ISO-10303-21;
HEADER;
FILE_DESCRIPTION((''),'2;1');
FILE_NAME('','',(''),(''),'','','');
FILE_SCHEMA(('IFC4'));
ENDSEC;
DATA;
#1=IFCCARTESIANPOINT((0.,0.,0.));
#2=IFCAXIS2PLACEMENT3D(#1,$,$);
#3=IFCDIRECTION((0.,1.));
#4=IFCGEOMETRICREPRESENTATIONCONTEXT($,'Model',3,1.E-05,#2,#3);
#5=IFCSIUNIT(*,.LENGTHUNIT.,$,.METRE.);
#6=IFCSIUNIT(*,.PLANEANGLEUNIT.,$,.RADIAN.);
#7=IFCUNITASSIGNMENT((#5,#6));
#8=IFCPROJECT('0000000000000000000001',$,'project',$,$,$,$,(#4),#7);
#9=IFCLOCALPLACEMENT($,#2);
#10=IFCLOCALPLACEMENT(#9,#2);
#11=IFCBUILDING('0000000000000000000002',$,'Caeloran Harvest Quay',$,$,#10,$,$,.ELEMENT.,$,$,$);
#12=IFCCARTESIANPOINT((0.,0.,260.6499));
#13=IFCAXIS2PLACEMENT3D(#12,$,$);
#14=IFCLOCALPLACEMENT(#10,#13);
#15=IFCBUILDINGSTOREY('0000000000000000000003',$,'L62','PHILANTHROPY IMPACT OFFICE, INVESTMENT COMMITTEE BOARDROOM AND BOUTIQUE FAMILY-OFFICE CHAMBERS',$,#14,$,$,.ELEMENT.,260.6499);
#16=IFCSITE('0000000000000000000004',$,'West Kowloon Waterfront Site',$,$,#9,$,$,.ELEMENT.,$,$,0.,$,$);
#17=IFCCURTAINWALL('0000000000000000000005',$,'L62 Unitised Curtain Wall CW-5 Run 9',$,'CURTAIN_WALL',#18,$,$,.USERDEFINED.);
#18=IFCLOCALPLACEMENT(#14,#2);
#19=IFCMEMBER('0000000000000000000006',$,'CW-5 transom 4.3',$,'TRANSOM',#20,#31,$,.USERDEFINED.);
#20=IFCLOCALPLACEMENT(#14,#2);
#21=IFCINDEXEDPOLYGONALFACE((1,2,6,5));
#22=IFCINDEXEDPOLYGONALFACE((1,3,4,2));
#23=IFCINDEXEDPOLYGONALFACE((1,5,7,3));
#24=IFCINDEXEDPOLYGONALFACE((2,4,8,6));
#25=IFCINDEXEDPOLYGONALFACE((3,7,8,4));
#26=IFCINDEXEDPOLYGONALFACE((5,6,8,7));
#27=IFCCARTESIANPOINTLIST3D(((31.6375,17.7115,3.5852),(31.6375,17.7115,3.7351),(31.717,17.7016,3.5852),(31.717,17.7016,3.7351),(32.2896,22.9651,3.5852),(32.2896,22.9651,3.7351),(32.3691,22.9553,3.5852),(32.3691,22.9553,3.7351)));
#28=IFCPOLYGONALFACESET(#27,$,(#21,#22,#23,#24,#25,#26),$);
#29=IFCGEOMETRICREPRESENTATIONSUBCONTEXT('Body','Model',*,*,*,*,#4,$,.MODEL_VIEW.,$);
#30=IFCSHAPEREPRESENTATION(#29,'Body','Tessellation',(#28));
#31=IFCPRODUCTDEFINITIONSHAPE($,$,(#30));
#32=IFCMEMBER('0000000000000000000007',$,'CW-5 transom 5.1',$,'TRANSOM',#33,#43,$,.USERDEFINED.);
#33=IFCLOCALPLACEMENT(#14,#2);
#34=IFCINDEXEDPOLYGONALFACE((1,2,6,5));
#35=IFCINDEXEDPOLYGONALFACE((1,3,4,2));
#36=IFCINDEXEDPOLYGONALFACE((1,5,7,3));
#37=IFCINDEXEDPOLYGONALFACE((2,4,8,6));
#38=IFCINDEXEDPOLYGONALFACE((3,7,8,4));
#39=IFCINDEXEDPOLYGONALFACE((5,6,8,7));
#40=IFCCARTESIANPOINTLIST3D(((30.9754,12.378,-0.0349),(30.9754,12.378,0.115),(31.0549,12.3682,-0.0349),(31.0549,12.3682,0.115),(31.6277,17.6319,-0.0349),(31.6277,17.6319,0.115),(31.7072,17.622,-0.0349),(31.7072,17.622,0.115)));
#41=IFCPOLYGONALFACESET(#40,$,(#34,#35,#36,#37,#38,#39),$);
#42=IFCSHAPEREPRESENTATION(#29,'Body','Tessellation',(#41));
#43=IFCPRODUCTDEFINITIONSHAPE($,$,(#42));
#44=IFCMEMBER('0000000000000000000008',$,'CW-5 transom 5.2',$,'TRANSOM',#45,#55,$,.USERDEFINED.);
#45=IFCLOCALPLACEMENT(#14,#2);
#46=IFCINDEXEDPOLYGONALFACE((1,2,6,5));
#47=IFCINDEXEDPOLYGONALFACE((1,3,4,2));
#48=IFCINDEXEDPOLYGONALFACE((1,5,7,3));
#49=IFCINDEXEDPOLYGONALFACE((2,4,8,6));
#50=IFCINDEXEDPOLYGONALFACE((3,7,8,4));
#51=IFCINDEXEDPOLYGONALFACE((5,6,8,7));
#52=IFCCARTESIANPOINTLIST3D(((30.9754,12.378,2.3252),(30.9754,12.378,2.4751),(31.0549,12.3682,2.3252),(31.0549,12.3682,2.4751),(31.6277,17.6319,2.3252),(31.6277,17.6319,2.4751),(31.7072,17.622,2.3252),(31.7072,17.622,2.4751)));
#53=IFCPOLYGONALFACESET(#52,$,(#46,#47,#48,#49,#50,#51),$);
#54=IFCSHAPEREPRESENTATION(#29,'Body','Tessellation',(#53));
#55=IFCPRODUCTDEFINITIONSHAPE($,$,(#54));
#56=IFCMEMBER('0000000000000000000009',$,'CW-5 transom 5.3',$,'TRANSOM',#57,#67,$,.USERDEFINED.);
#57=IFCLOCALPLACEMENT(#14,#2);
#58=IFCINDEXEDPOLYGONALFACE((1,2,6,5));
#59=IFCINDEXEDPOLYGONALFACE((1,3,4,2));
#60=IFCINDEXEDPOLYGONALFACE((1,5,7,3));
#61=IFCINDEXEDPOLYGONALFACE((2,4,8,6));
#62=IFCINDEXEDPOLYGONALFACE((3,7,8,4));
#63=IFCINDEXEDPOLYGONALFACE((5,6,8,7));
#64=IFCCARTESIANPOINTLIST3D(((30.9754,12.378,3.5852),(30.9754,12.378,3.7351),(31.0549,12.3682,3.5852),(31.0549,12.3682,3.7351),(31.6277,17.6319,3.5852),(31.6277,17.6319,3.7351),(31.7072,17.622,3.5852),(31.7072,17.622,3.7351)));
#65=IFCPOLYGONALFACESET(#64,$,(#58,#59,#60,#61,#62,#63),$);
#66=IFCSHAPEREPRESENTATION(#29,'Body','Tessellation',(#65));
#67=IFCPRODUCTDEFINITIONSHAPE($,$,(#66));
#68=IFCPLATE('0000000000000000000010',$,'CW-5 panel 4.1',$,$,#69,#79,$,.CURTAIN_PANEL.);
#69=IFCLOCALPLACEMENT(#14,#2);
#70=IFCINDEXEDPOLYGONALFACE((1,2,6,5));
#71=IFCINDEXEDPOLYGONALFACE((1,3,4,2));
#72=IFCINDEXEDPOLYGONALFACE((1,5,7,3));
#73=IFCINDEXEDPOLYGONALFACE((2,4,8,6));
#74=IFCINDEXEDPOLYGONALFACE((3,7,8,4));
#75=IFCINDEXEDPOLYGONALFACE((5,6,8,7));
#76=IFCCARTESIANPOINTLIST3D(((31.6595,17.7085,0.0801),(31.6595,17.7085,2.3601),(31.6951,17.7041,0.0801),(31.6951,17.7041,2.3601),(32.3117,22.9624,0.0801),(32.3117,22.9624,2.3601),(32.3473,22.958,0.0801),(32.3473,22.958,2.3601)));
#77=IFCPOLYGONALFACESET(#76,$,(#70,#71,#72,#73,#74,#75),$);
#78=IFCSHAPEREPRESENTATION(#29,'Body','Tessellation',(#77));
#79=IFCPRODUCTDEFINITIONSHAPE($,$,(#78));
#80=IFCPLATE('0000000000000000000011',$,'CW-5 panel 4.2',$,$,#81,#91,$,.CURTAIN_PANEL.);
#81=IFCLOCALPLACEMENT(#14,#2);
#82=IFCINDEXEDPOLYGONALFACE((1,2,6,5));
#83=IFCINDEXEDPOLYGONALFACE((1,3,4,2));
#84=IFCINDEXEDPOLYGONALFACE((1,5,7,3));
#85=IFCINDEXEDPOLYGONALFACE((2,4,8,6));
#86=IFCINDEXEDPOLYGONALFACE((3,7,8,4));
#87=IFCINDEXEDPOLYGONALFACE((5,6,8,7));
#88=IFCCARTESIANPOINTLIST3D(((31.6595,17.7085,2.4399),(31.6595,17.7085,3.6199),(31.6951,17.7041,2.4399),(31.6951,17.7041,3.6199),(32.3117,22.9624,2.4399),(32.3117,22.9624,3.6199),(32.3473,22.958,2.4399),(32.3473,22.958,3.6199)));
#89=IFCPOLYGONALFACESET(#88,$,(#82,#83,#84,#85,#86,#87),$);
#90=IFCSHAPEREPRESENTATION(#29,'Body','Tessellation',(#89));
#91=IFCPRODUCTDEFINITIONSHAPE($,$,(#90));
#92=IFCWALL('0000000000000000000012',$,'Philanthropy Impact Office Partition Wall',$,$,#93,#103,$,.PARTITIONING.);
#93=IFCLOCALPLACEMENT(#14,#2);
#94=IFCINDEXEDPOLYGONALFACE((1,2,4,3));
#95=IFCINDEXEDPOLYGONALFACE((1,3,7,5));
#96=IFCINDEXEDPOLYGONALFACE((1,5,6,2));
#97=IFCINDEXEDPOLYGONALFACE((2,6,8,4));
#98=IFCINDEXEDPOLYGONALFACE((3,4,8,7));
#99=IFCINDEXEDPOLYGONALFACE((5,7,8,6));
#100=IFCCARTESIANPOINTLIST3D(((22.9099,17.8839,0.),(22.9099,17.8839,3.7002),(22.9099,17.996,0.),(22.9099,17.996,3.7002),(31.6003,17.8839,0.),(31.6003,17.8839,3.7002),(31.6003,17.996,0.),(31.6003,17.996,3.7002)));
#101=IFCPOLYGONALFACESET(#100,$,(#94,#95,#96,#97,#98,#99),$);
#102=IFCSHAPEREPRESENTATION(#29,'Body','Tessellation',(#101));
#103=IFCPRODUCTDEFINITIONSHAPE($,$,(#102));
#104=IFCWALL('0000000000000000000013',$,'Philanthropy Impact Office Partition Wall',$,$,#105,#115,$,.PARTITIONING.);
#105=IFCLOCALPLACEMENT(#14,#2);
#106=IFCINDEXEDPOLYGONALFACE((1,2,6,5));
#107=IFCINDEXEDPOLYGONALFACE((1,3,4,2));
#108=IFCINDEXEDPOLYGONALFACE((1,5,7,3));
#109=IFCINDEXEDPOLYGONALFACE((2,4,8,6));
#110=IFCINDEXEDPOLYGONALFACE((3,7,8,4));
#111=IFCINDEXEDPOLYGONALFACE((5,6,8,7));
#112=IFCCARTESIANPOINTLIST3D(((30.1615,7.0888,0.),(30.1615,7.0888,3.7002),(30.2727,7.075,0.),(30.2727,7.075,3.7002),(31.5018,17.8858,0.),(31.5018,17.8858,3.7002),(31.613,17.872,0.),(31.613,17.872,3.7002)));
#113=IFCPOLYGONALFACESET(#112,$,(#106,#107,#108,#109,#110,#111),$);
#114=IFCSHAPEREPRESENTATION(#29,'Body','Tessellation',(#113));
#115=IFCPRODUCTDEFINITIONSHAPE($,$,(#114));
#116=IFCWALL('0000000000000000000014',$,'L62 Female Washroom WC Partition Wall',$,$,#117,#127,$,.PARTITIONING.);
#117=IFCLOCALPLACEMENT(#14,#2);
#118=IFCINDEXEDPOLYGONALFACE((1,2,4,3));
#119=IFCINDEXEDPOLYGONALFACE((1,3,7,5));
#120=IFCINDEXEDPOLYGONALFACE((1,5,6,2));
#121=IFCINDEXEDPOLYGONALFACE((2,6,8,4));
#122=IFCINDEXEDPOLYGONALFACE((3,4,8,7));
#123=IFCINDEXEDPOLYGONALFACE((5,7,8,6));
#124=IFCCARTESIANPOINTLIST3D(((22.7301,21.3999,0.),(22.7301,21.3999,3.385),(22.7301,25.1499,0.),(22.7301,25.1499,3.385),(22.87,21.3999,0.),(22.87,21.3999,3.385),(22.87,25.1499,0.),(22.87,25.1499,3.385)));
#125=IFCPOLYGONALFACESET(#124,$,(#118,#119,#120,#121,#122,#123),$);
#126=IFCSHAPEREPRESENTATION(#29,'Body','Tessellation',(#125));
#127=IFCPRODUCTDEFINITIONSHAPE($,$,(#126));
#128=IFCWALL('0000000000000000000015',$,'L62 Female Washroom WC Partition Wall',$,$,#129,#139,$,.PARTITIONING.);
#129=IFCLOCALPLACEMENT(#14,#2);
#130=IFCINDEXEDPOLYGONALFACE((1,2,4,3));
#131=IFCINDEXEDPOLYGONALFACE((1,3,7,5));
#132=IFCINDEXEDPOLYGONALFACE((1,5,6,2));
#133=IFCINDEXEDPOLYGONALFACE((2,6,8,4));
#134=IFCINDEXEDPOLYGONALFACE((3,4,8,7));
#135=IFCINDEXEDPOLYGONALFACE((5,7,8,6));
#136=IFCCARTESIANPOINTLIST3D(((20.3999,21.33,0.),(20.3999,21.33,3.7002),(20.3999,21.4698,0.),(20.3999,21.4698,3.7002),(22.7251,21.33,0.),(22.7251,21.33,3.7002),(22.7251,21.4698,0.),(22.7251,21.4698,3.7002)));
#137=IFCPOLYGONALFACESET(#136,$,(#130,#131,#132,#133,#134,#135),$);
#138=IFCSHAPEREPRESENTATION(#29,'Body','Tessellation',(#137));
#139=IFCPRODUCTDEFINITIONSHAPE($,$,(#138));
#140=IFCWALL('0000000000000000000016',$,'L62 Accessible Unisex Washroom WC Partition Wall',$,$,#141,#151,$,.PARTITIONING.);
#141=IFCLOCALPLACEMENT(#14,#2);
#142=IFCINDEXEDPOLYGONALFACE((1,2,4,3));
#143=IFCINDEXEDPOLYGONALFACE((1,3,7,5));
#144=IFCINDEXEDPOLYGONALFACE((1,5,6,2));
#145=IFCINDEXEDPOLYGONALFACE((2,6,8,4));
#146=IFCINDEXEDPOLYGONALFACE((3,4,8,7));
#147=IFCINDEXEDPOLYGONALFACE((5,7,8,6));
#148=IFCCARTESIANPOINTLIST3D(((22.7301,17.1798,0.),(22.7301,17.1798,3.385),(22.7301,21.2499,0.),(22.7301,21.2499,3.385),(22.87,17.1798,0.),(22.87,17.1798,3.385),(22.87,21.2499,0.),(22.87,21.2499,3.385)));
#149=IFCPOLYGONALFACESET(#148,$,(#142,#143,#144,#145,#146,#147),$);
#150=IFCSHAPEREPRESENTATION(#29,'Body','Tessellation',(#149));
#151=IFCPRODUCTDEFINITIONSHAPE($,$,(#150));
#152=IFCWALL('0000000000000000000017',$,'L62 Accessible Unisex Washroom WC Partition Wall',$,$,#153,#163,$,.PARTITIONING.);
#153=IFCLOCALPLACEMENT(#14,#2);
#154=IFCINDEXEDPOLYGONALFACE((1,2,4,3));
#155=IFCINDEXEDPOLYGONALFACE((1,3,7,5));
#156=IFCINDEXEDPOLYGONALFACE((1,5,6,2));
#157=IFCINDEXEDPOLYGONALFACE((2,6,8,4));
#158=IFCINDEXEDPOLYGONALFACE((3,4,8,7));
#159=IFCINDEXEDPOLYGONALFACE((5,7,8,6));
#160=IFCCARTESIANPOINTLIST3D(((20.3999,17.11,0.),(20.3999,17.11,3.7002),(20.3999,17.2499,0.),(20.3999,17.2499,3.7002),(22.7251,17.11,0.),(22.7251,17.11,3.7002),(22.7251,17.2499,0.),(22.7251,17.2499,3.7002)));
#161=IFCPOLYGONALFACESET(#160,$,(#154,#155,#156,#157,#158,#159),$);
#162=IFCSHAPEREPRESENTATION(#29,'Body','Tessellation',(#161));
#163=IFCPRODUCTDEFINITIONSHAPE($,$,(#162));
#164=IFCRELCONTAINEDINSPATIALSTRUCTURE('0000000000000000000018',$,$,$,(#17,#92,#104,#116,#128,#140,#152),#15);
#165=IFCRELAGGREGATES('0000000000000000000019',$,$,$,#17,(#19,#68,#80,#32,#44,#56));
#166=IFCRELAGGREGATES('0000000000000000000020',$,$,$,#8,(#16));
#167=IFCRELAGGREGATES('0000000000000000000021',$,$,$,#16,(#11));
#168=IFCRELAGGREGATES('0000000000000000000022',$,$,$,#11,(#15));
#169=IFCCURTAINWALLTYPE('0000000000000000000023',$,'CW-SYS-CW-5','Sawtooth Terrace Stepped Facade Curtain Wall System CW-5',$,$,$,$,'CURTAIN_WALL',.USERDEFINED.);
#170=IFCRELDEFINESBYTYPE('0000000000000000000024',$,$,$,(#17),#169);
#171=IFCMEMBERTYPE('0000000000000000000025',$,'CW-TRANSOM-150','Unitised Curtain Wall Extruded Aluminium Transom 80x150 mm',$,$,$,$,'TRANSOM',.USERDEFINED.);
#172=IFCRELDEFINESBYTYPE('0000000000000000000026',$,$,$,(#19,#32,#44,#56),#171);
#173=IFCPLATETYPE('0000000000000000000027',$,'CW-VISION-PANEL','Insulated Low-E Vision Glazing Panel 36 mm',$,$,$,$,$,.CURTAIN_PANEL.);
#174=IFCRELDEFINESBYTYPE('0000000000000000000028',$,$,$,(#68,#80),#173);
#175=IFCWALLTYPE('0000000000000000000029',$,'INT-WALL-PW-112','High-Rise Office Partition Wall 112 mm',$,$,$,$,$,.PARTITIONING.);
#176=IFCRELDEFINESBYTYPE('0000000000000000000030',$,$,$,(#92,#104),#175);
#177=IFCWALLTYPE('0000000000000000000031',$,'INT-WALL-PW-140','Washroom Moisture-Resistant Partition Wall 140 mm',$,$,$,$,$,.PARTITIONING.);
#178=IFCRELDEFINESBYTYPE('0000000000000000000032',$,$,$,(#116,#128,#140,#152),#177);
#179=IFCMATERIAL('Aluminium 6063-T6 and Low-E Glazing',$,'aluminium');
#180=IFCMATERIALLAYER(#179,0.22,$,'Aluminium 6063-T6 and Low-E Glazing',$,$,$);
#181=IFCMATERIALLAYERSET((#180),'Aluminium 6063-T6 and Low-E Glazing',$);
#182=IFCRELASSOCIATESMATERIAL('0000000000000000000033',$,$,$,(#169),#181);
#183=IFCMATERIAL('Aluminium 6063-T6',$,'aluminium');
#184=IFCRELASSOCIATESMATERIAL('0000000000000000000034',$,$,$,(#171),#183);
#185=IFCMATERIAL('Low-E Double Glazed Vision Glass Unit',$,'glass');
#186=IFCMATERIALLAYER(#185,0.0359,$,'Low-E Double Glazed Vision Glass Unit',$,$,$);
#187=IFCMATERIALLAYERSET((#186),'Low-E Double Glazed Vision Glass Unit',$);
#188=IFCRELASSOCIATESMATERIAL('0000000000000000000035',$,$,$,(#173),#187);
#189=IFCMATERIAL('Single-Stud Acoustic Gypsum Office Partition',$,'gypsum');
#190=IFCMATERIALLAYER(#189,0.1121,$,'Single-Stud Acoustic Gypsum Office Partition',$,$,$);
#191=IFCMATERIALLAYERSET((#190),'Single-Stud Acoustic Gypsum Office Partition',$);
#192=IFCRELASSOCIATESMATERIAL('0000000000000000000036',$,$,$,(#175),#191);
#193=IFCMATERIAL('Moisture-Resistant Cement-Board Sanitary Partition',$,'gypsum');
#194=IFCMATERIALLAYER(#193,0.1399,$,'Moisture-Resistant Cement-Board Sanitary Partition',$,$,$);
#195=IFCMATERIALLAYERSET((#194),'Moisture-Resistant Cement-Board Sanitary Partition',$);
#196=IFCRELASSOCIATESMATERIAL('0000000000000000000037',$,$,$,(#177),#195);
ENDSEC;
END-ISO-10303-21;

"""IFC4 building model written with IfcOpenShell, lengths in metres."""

from ifc_helpers import new_model, si_unit, direction, frame, frame_2d, origin, origin_2d, place, context, subcontext, project, spatial, rectangle, extrude, material, layer, layer_set, material_profile, profile_set, type_object, element, aggregate, save


model = new_model("IFC4")

# Units and contexts
model_context = context("Model", 3, precision=1e-05, world=origin(), true_north=direction((0.0, 1.0)))
body_context = subcontext(model_context, "Body", "Model", "MODEL_VIEW")
ifc_project = project(units=[si_unit("LENGTHUNIT", "METRE"), si_unit("PLANEANGLEUNIT", "RADIAN")], contexts=[model_context])

# Site, building, storey
site_placement = place(None, origin())
site = spatial("IfcSite", under=ifc_project, at=site_placement, Name="West Kowloon Waterfront Site", CompositionType="ELEMENT", RefElevation=0.0)
building_placement = place(site_placement, origin())
building = spatial("IfcBuilding", under=site, at=building_placement, Name="Caeloran Harvest Quay", CompositionType="ELEMENT")
storey_placement = place(building_placement, frame((0.0, 0.0, 260.6499)))
storey = spatial("IfcBuildingStorey", under=building, at=storey_placement, Name="L62", Description="PHILANTHROPY IMPACT OFFICE, INVESTMENT COMMITTEE BOARDROOM AND BOUTIQUE FAMILY-OFFICE CHAMBERS", CompositionType="ELEMENT", Elevation=260.6499)

# Curtain wall, members, plates
ifc_material_1 = material(Name="Aluminium 6063-T6 and Low-E Glazing", Category="aluminium")
ifc_layer_1 = layer(ifc_material_1, 0.22, Name="Aluminium 6063-T6 and Low-E Glazing")
ifc_layer_set_1 = layer_set([ifc_layer_1], Name="Aluminium 6063-T6 and Low-E Glazing")
curtain_wall_type = type_object("IfcCurtainWallType", Name="CW-SYS-CW-5", Description="Sawtooth Terrace Stepped Facade Curtain Wall System CW-5", ElementType="CURTAIN_WALL", PredefinedType="USERDEFINED", material=ifc_layer_set_1)
curtain_wall_placement = place(storey_placement, origin())
curtain_wall = element("IfcCurtainWall", 1, at=curtain_wall_placement, inside=storey, type_object=curtain_wall_type, Name="L62 Unitised Curtain Wall CW-5 Run 9", ObjectType="CURTAIN_WALL", PredefinedType="USERDEFINED")
ifc_material_2 = material(Name="Aluminium 6063-T6", Category="aluminium")
ifc_material_profile_1 = material_profile(ifc_material_2, rectangle(XDim=0.0801, YDim=0.1499, at=origin_2d()), Name="CW-TRANSOM-150")
ifc_profile_set_1 = profile_set([ifc_material_profile_1], Name="Aluminium 6063-T6")
member_type_1 = type_object("IfcMemberType", Name="CW-TRANSOM-150", Description="Unitised Curtain Wall Extruded Aluminium Transom 80x150 mm", ElementType="TRANSOM", PredefinedType="USERDEFINED", material=ifc_profile_set_1)
member_1_placement = place(storey_placement, frame((32.3293, 22.9602, 3.6602), z_axis=(-0.123178, -0.992385, 0.0), x_axis=(0.992385, -0.123178, 0.0)))
member_1 = element("IfcMember", 2, at=member_1_placement, type_object=member_type_1, Name="CW-5 transom 4.3", ObjectType="TRANSOM", PredefinedType="USERDEFINED", context=body_context, shape_type="SweptSolid", body=[
    extrude(rectangle(XDim=0.0801, YDim=0.1499, at=origin_2d()), origin(), (0.0, 0.0, 1.0), 5.2939),
])
member_2_placement = place(storey_placement, frame((31.6675, 17.627, 0.04), z_axis=(-0.123217, -0.99238, 0.0), x_axis=(0.99238, -0.123217, 0.0)))
member_2 = element("IfcMember", 3, at=member_2_placement, type_object=member_type_1, Name="CW-5 transom 5.1", ObjectType="TRANSOM", PredefinedType="USERDEFINED", context=body_context, shape_type="SweptSolid", body=[
    extrude(rectangle(XDim=0.0801, YDim=0.1499, at=origin_2d()), origin(), (0.0, 0.0, 1.0), 5.2942),
])
member_3_placement = place(storey_placement, frame((31.6675, 17.627, 2.4001), z_axis=(-0.123217, -0.99238, 0.0), x_axis=(0.99238, -0.123217, 0.0)))
member_3 = element("IfcMember", 4, at=member_3_placement, type_object=member_type_1, Name="CW-5 transom 5.2", ObjectType="TRANSOM", PredefinedType="USERDEFINED", context=body_context, shape_type="SweptSolid", body=[
    extrude(rectangle(XDim=0.0801, YDim=0.1499, at=origin_2d()), origin(), (0.0, 0.0, 1.0), 5.2942),
])
member_4_placement = place(storey_placement, frame((31.6675, 17.627, 3.6602), z_axis=(-0.123217, -0.99238, 0.0), x_axis=(0.99238, -0.123217, 0.0)))
member_4 = element("IfcMember", 5, at=member_4_placement, type_object=member_type_1, Name="CW-5 transom 5.3", ObjectType="TRANSOM", PredefinedType="USERDEFINED", context=body_context, shape_type="SweptSolid", body=[
    extrude(rectangle(XDim=0.0801, YDim=0.1499, at=origin_2d()), origin(), (0.0, 0.0, 1.0), 5.2942),
])
ifc_material_3 = material(Name="Low-E Double Glazed Vision Glass Unit", Category="glass")
ifc_layer_2 = layer(ifc_material_3, 0.0359, Name="Low-E Double Glazed Vision Glass Unit")
ifc_layer_set_2 = layer_set([ifc_layer_2], Name="Low-E Double Glazed Vision Glass Unit")
plate_type = type_object("IfcPlateType", Name="CW-VISION-PANEL", Description="Insulated Low-E Vision Glazing Panel 36 mm", PredefinedType="CURTAIN_PANEL", material=ifc_layer_set_2)
plate_1_placement = place(storey_placement, frame((32.0034, 20.3333, 0.0801), z_axis=(0.0, 0.0, 1.0), x_axis=(-0.12319, -0.992383, 0.0)))
plate_1 = element("IfcPlate", 6, at=plate_1_placement, type_object=plate_type, Name="CW-5 panel 4.1", PredefinedType="CURTAIN_PANEL", context=body_context, shape_type="SweptSolid", body=[
    extrude(rectangle(XDim=5.2942, YDim=0.0359, at=origin_2d()), origin(), (0.0, 0.0, 1.0), 2.28),
])
plate_2_placement = place(storey_placement, frame((32.0034, 20.3333, 2.4399), z_axis=(0.0, 0.0, 1.0), x_axis=(-0.12319, -0.992383, 0.0)))
plate_2 = element("IfcPlate", 7, at=plate_2_placement, type_object=plate_type, Name="CW-5 panel 4.2", PredefinedType="CURTAIN_PANEL", context=body_context, shape_type="SweptSolid", body=[
    extrude(rectangle(XDim=5.2942, YDim=0.0359, at=origin_2d()), origin(), (0.0, 0.0, 1.0), 1.1799),
])
aggregate(curtain_wall, [member_1, plate_1, plate_2, member_2, member_3, member_4])

# Walls
ifc_material_4 = material(Name="Single-Stud Acoustic Gypsum Office Partition", Category="gypsum")
ifc_layer_3 = layer(ifc_material_4, 0.1121, Name="Single-Stud Acoustic Gypsum Office Partition")
ifc_layer_set_3 = layer_set([ifc_layer_3], Name="Single-Stud Acoustic Gypsum Office Partition")
wall_type_1 = type_object("IfcWallType", Name="INT-WALL-PW-112", Description="High-Rise Office Partition Wall 112 mm", PredefinedType="PARTITIONING", material=ifc_layer_set_3)
wall_1_placement = place(storey_placement, frame((22.9099, 17.9399, 0.0), z_axis=(0.0, 0.0, 1.0), x_axis=(1.0, 0.0, 0.0)))
element("IfcWall", 8, at=wall_1_placement, inside=storey, type_object=wall_type_1, Name="Philanthropy Impact Office Partition Wall", PredefinedType="PARTITIONING", context=body_context, shape_type="SweptSolid", body=[
    extrude(rectangle(XDim=8.6904, YDim=0.1121, at=frame_2d((4.3452, 0.0))), origin(), (0.0, 0.0, 1.0), 3.7002),
])
wall_2_placement = place(storey_placement, frame((31.5574, 17.8789, 0.0), z_axis=(0.0, 0.0, 1.0), x_axis=(-0.123192, -0.992383, 0.0)))
element("IfcWall", 9, at=wall_2_placement, inside=storey, type_object=wall_type_1, Name="Philanthropy Impact Office Partition Wall", PredefinedType="PARTITIONING", context=body_context, shape_type="SweptSolid", body=[
    extrude(rectangle(XDim=10.8799, YDim=0.1121, at=frame_2d((5.4399, 0.0))), origin(), (0.0, 0.0, 1.0), 3.7002),
])
ifc_material_5 = material(Name="Moisture-Resistant Cement-Board Sanitary Partition", Category="gypsum")
ifc_layer_4 = layer(ifc_material_5, 0.1399, Name="Moisture-Resistant Cement-Board Sanitary Partition")
ifc_layer_set_4 = layer_set([ifc_layer_4], Name="Moisture-Resistant Cement-Board Sanitary Partition")
wall_type_2 = type_object("IfcWallType", Name="INT-WALL-PW-140", Description="Washroom Moisture-Resistant Partition Wall 140 mm", PredefinedType="PARTITIONING", material=ifc_layer_set_4)
wall_3_placement = place(storey_placement, frame((22.8, 25.1499, 0.0), z_axis=(0.0, 0.0, 1.0), x_axis=(0.0, -1.0, 0.0)))
element("IfcWall", 10, at=wall_3_placement, inside=storey, type_object=wall_type_2, Name="L62 Female Washroom WC Partition Wall", PredefinedType="PARTITIONING", context=body_context, shape_type="SweptSolid", body=[
    extrude(rectangle(XDim=3.75, YDim=0.1399, at=frame_2d((1.875, 0.0))), origin(), (0.0, 0.0, 1.0), 3.385),
])
wall_4_placement = place(storey_placement, frame((22.7251, 21.3999, 0.0), z_axis=(0.0, 0.0, 1.0), x_axis=(-1.0, 0.0, 0.0)))
element("IfcWall", 11, at=wall_4_placement, inside=storey, type_object=wall_type_2, Name="L62 Female Washroom WC Partition Wall", PredefinedType="PARTITIONING", context=body_context, shape_type="SweptSolid", body=[
    extrude(rectangle(XDim=2.3252, YDim=0.1399, at=frame_2d((1.1626, 0.0))), origin(), (0.0, 0.0, 1.0), 3.7002),
])

# Walls
wall_5_placement = place(storey_placement, frame((22.8, 21.25, 0.0), z_axis=(0.0, 0.0, 1.0), x_axis=(0.0, -1.0, 0.0)))
element("IfcWall", 12, at=wall_5_placement, inside=storey, type_object=wall_type_2, Name="L62 Accessible Unisex Washroom WC Partition Wall", PredefinedType="PARTITIONING", context=body_context, shape_type="SweptSolid", body=[
    extrude(rectangle(XDim=4.0701, YDim=0.1399, at=frame_2d((2.0352, 0.0))), origin(), (0.0, 0.0, 1.0), 3.385),
])
wall_6_placement = place(storey_placement, frame((22.7251, 17.1799, 0.0), z_axis=(0.0, 0.0, 1.0), x_axis=(-1.0, 0.0, 0.0)))
element("IfcWall", 13, at=wall_6_placement, inside=storey, type_object=wall_type_2, Name="L62 Accessible Unisex Washroom WC Partition Wall", PredefinedType="PARTITIONING", context=body_context, shape_type="SweptSolid", body=[
    extrude(rectangle(XDim=2.3252, YDim=0.1399, at=frame_2d((1.1626, 0.0))), origin(), (0.0, 0.0, 1.0), 3.7002),
])

save(model, "model.ifc")
